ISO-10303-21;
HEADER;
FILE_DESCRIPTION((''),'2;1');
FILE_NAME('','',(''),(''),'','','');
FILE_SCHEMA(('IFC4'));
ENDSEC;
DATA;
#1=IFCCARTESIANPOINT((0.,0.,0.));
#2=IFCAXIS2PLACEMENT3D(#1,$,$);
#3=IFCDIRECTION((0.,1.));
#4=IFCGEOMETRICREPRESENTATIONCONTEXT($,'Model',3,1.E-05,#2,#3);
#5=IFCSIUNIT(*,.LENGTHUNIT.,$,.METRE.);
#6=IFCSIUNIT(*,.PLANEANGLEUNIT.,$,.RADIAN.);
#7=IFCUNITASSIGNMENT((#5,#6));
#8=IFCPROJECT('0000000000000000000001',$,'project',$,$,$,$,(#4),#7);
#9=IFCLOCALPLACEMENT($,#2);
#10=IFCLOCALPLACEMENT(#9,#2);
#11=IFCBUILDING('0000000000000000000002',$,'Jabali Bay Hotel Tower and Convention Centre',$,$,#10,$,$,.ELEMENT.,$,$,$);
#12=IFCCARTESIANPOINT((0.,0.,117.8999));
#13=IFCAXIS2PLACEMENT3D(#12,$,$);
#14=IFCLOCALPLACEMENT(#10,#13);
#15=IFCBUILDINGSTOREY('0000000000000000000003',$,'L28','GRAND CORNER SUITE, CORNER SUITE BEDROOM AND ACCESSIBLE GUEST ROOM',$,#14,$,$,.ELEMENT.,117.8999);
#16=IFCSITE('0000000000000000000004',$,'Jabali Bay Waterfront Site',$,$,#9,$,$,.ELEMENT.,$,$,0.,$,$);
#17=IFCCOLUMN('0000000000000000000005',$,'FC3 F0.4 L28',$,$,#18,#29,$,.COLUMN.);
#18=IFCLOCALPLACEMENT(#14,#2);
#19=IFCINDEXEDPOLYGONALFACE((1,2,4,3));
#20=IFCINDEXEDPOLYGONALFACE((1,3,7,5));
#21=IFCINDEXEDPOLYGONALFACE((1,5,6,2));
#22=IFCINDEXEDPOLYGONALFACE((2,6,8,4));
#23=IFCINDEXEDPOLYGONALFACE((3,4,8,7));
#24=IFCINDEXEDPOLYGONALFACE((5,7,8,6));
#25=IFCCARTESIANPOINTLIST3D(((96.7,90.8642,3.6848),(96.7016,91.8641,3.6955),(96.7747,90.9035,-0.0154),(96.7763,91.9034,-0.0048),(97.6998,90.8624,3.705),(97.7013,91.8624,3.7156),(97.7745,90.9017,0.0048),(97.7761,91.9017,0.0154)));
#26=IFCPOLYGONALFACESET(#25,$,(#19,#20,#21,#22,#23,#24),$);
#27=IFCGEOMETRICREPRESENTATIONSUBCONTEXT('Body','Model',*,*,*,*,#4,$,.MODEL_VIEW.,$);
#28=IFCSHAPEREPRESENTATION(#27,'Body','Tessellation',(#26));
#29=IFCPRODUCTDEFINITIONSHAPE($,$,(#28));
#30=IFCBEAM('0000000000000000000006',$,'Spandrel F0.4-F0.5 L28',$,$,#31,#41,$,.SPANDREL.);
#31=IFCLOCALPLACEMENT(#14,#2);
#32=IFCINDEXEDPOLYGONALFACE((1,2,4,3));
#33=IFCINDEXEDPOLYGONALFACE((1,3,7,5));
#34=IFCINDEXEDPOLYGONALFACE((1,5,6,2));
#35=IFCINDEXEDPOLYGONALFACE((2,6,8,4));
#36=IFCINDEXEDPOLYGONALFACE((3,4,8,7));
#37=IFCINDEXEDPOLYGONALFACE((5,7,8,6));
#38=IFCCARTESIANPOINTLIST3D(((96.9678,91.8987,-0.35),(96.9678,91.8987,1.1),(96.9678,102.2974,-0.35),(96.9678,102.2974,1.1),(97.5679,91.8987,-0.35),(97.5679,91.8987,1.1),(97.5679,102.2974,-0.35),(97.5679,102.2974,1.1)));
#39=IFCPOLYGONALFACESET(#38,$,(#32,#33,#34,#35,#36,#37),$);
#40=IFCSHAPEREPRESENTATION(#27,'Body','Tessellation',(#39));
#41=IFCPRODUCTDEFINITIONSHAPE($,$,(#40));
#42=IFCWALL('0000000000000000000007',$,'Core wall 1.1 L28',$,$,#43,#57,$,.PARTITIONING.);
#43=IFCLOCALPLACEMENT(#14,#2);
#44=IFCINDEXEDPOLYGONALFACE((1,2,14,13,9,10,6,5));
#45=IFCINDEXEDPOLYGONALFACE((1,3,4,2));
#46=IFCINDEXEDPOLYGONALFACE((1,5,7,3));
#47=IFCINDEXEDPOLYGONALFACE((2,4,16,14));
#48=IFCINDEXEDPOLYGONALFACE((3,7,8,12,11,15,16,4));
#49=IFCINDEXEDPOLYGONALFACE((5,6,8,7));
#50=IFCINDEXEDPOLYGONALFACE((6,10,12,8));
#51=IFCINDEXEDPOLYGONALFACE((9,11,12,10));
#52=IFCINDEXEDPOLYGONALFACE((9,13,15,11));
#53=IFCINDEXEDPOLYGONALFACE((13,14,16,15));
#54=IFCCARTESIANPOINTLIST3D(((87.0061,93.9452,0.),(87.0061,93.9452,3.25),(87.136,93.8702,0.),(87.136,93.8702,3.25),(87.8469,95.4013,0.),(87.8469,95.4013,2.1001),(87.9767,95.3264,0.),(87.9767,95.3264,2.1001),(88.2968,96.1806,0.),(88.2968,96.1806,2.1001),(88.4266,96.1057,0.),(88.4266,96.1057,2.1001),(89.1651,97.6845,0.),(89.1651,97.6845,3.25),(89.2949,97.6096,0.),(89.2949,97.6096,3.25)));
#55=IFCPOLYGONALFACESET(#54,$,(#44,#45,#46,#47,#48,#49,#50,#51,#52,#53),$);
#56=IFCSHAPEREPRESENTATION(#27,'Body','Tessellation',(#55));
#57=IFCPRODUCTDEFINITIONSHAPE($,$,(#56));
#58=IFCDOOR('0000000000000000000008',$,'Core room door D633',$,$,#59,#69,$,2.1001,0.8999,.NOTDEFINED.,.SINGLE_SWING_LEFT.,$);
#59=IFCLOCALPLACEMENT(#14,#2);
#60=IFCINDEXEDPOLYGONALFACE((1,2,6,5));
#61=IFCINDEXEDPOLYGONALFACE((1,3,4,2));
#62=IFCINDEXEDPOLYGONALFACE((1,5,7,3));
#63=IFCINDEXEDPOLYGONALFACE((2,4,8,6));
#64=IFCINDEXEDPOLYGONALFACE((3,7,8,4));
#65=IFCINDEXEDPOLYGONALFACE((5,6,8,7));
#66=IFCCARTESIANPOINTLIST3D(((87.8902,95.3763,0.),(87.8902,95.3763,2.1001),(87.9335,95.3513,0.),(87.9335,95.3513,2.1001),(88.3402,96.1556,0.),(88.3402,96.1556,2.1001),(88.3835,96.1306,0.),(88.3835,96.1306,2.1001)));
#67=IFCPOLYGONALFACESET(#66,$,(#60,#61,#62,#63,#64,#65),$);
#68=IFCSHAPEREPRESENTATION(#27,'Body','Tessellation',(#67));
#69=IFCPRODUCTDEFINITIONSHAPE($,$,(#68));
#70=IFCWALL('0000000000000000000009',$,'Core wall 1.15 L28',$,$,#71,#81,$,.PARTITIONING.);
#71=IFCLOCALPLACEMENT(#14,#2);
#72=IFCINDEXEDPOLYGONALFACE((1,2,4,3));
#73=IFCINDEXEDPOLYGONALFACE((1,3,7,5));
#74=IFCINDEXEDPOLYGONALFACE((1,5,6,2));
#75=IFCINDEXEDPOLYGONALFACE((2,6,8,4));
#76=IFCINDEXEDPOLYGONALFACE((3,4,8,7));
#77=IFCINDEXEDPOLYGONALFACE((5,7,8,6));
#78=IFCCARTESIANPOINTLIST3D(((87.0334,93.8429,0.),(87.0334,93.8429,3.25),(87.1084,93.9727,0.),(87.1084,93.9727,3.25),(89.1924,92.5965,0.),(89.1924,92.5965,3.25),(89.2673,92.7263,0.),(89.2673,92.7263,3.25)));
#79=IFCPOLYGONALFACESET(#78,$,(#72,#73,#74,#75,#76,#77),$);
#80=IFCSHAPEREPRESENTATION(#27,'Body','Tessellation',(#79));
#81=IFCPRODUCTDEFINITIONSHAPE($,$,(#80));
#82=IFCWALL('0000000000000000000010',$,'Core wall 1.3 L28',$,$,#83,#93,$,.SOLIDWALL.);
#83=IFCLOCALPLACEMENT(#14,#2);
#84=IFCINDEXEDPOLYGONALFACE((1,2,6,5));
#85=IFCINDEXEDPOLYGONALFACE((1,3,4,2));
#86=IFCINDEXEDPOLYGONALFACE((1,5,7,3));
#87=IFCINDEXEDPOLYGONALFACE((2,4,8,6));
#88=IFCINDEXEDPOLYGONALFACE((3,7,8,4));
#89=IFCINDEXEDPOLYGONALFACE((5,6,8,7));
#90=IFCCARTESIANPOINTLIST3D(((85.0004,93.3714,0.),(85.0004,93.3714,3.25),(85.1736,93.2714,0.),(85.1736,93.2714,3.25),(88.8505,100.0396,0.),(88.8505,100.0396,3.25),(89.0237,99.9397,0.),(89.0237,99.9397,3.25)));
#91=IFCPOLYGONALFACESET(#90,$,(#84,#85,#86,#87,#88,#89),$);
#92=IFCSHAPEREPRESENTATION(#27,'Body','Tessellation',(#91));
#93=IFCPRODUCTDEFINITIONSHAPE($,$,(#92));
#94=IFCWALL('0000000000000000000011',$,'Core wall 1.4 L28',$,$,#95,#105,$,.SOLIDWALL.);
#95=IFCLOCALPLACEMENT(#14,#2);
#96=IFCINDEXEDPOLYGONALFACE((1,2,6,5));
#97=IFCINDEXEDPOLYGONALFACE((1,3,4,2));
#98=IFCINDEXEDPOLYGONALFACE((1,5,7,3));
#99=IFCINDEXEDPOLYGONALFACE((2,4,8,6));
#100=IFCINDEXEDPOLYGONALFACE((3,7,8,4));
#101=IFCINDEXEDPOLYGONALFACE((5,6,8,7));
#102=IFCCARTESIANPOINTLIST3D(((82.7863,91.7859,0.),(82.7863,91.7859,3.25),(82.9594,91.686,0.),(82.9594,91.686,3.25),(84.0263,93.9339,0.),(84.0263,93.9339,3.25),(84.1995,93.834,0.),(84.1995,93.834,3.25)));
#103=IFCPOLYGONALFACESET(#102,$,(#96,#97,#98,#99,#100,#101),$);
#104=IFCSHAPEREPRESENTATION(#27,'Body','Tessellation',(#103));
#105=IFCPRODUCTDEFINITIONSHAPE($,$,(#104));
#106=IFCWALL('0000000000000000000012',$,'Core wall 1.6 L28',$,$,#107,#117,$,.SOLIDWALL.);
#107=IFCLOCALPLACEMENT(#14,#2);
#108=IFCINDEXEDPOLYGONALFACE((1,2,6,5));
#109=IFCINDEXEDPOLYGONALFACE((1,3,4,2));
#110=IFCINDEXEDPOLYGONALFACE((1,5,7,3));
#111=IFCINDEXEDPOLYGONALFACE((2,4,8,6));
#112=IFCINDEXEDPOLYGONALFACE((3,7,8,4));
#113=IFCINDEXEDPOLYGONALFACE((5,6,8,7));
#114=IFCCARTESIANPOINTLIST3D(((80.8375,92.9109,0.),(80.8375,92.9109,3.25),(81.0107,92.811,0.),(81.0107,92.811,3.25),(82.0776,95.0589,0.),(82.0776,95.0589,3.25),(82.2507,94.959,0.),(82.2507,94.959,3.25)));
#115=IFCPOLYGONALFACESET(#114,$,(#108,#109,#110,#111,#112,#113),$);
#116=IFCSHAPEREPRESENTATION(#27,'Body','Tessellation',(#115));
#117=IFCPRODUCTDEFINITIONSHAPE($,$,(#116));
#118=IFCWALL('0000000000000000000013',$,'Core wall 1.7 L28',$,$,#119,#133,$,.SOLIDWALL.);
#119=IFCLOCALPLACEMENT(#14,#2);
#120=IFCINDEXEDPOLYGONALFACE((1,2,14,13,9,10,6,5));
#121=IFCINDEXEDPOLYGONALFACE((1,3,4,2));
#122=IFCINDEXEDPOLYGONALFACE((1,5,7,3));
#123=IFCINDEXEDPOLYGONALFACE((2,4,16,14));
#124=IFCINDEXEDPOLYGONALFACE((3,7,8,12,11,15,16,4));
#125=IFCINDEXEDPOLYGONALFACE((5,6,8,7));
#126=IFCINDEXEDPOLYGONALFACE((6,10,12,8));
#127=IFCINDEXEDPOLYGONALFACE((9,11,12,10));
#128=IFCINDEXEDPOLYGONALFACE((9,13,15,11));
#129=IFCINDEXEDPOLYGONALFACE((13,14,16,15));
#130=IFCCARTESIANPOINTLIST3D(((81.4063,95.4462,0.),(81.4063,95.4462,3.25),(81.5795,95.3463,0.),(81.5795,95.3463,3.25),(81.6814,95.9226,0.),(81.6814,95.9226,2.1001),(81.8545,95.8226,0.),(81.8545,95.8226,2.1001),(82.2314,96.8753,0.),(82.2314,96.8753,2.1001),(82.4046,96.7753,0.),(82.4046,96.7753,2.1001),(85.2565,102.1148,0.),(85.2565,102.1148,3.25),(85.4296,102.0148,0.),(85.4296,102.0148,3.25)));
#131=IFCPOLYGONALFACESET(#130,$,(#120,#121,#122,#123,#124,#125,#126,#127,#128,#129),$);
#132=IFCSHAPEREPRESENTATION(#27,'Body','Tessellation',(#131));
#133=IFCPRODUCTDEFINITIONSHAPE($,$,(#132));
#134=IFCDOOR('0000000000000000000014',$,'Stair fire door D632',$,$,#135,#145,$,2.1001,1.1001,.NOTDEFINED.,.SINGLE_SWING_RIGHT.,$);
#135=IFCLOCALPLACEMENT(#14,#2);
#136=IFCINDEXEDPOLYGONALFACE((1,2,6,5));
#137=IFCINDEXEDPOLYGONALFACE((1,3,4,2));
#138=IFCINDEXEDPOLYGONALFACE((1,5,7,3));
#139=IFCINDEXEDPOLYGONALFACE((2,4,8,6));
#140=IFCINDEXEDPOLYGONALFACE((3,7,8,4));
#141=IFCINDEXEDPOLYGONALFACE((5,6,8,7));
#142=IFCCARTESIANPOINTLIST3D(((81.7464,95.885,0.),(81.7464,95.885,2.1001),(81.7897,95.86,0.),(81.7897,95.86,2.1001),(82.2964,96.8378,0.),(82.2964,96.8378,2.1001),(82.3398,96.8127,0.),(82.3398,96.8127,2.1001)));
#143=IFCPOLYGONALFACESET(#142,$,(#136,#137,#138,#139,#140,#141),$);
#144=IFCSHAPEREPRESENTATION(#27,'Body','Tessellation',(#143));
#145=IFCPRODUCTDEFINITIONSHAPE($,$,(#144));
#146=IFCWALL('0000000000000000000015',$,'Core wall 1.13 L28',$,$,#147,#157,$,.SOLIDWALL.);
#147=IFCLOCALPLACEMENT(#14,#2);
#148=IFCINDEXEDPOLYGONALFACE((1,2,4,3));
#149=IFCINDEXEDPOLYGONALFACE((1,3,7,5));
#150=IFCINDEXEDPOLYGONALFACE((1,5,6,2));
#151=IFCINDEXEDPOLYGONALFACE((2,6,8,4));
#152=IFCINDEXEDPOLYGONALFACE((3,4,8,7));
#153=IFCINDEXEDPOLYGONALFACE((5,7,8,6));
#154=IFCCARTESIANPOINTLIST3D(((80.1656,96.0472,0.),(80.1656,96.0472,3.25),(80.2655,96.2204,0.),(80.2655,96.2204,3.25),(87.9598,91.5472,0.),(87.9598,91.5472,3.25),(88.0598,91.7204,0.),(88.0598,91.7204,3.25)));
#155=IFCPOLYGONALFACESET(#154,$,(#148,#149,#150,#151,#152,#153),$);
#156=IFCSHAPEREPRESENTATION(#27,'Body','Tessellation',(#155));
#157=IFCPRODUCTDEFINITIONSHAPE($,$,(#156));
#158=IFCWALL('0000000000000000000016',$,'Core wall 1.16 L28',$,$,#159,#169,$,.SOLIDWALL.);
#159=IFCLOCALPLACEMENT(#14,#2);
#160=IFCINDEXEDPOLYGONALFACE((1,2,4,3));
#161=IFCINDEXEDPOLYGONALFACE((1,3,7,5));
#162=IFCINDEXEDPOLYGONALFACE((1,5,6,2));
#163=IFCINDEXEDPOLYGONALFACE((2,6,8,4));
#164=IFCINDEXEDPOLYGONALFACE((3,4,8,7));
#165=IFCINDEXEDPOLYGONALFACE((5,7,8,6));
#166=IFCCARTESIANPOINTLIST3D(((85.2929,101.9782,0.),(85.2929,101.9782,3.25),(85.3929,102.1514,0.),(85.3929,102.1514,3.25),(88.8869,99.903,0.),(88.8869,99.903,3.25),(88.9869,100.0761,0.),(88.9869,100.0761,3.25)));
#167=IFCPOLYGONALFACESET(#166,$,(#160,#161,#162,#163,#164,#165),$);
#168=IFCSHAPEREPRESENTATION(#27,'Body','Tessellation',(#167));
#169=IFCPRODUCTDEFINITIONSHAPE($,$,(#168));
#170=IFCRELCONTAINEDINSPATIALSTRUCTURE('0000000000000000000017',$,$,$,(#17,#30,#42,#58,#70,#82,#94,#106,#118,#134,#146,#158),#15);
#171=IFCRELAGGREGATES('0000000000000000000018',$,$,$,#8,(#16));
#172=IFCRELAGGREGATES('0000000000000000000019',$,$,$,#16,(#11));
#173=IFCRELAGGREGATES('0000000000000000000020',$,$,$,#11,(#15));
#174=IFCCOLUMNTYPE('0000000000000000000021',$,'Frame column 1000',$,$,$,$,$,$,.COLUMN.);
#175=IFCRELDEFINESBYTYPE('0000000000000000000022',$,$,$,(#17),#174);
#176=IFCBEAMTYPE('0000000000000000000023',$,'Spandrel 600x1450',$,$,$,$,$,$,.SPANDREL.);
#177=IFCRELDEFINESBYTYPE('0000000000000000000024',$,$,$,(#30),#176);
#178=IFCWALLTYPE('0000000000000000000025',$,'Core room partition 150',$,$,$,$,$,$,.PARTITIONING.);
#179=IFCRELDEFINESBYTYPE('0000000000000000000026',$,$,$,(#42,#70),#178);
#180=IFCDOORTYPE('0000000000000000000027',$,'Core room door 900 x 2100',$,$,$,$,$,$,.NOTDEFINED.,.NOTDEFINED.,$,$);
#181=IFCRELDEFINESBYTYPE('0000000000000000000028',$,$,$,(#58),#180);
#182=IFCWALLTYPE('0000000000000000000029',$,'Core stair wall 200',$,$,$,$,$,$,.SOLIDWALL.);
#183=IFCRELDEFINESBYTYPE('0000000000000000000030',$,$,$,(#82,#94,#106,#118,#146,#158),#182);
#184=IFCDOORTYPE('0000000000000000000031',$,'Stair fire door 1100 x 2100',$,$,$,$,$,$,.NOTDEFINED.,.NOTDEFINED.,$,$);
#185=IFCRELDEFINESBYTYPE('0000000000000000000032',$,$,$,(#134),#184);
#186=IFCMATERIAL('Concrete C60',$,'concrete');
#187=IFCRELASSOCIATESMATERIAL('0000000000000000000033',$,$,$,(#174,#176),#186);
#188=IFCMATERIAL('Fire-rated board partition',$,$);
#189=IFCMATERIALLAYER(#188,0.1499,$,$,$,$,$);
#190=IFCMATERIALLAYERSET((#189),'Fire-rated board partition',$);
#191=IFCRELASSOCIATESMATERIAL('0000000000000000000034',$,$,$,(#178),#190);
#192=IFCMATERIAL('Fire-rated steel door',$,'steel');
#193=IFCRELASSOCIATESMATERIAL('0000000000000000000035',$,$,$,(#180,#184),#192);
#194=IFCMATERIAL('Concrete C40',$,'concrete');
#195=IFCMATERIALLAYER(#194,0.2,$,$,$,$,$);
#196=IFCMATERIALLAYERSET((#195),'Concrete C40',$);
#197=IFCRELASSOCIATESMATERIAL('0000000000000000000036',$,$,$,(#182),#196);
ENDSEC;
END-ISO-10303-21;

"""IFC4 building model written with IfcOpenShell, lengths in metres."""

from ifc_helpers import new_model, si_unit, direction, frame, frame_2d, origin, origin_2d, place, context, subcontext, project, spatial, rectangle, extrude, material, layer, layer_set, material_profile, profile_set, type_object, element, fill, save


model = new_model("IFC4")

# Units and contexts
model_context = context("Model", 3, precision=1e-05, world=origin(), true_north=direction((0.0, 1.0)))
body_context = subcontext(model_context, "Body", "Model", "MODEL_VIEW")
ifc_project = project(units=[si_unit("LENGTHUNIT", "METRE"), si_unit("PLANEANGLEUNIT", "RADIAN")], contexts=[model_context])

# Site, building, storey
site_placement = place(None, origin())
site = spatial("IfcSite", under=ifc_project, at=site_placement, Name="Jabali Bay Waterfront Site", CompositionType="ELEMENT", RefElevation=0.0)
building_placement = place(site_placement, origin())
building = spatial("IfcBuilding", under=site, at=building_placement, Name="Jabali Bay Hotel Tower and Convention Centre", CompositionType="ELEMENT")
storey_placement = place(building_placement, frame((0.0, 0.0, 117.8999)))
storey = spatial("IfcBuildingStorey", under=building, at=storey_placement, Name="L28", Description="GRAND CORNER SUITE, CORNER SUITE BEDROOM AND ACCESSIBLE GUEST ROOM", CompositionType="ELEMENT", Elevation=117.8999)

# Column
ifc_material_1 = material(Name="Concrete C60", Category="concrete")
ifc_material_profile_1 = material_profile(ifc_material_1, rectangle(XDim=1.0, YDim=1.0, at=origin_2d()), Name="Frame column 1000")
ifc_profile_set_1 = profile_set([ifc_material_profile_1], Name="Concrete C60")
column_type = type_object("IfcColumnType", Name="Frame column 1000", PredefinedType="COLUMN", material=ifc_profile_set_1)
column_placement = place(storey_placement, frame((97.2754, 91.4026, 0.0), z_axis=(-0.020185, -0.01062, 0.99974), x_axis=(0.999795, -0.001747, 0.020167)))
element("IfcColumn", 1, at=column_placement, inside=storey, type_object=column_type, Name="FC3 F0.4 L28", PredefinedType="COLUMN", context=body_context, shape_type="SweptSolid", body=[
    extrude(rectangle(XDim=1.0, YDim=1.0, at=origin_2d()), origin(), (0.0, 0.0, 1.0), 3.7012),
])

# Beam
ifc_material_profile_2 = material_profile(ifc_material_1, rectangle(XDim=0.6001, YDim=1.45, at=origin_2d()), Name="Spandrel 600x1450")
ifc_profile_set_2 = profile_set([ifc_material_profile_2], Name="Concrete C60")
beam_type = type_object("IfcBeamType", Name="Spandrel 600x1450", PredefinedType="SPANDREL", material=ifc_profile_set_2)
beam_placement = place(storey_placement, frame((97.2678, 91.8987, 0.375), z_axis=(0.0, 1.0, 0.0), x_axis=(-1.0, 0.0, 0.0)))
element("IfcBeam", 2, at=beam_placement, inside=storey, type_object=beam_type, Name="Spandrel F0.4-F0.5 L28", PredefinedType="SPANDREL", context=body_context, shape_type="SweptSolid", body=[
    extrude(rectangle(XDim=0.6001, YDim=1.45, at=origin_2d()), origin(), (0.0, 0.0, 1.0), 10.3987),
])

# Wall, opening, door
ifc_material_2 = material(Name="Fire-rated board partition")
ifc_layer_1 = layer(ifc_material_2, 0.1499)
ifc_layer_set_1 = layer_set([ifc_layer_1], Name="Fire-rated board partition")
wall_type_1 = type_object("IfcWallType", Name="Core room partition 150", PredefinedType="PARTITIONING", material=ifc_layer_set_1)
wall_1_placement = place(storey_placement, frame((87.071, 93.9077, 0.0), z_axis=(0.0, 0.0, 1.0), x_axis=(0.500013, 0.866018, 0.0)))
wall_1 = element("IfcWall", 3, at=wall_1_placement, inside=storey, type_object=wall_type_1, Name="Core wall 1.1 L28", PredefinedType="PARTITIONING", context=body_context, shape_type="SweptSolid", body=[
    extrude(rectangle(XDim=4.3179, YDim=0.1499, at=frame_2d((2.1589, 0.0))), origin(), (0.0, 0.0, 1.0), 3.25),
])
opening_1_placement = place(wall_1_placement, frame((1.6814, 0.0, 0.0)))
opening_1 = element("IfcOpeningElement", 4, at=opening_1_placement, cuts=wall_1, PredefinedType="OPENING", context=body_context, shape_type="SweptSolid", body=[
    extrude(rectangle(XDim=0.8999, YDim=2.1001, at=frame_2d((0.45, 1.05))), frame((0.0, 0.0854, 0.0), z_axis=(0.0, -1.0, 0.0), x_axis=(1.0, 0.0, 0.0)), (0.0, 0.0, 1.0), 0.1709),
])
ifc_material_3 = material(Name="Fire-rated steel door", Category="steel")
door_type_1 = type_object("IfcDoorType", Name="Core room door 900 x 2100", OperationType="NOTDEFINED", PredefinedType="NOTDEFINED", material=ifc_material_3)
door_1_placement = place(opening_1_placement, origin())
door_1 = element("IfcDoor", 5, at=door_1_placement, inside=storey, type_object=door_type_1, Name="Core room door D633", OperationType="SINGLE_SWING_LEFT", OverallHeight=2.1001, OverallWidth=0.8999, PredefinedType="NOTDEFINED", context=body_context, shape_type="SweptSolid", body=[
    extrude(rectangle(XDim=0.8999, YDim=2.1001, at=frame_2d((0.45, 1.05))), frame((0.0, 0.0249, 0.0), z_axis=(0.0, -1.0, 0.0), x_axis=(1.0, 0.0, 0.0)), (0.0, 0.0, 1.0), 0.05),
])
fill(opening_1, door_1)

# Walls
wall_2_placement = place(storey_placement, frame((89.23, 92.6614, 0.0), z_axis=(0.0, 0.0, 1.0), x_axis=(-0.866047, 0.499963, 0.0)))
element("IfcWall", 6, at=wall_2_placement, inside=storey, type_object=wall_type_1, Name="Core wall 1.15 L28", PredefinedType="PARTITIONING", context=body_context, shape_type="SweptSolid", body=[
    extrude(rectangle(XDim=2.4929, YDim=0.1499, at=frame_2d((1.2466, 0.0))), origin(), (0.0, 0.0, 1.0), 3.25),
])
ifc_material_4 = material(Name="Concrete C40", Category="concrete")
ifc_layer_2 = layer(ifc_material_4, 0.2)
ifc_layer_set_2 = layer_set([ifc_layer_2], Name="Concrete C40")
wall_type_2 = type_object("IfcWallType", Name="Core stair wall 200", PredefinedType="SOLIDWALL", material=ifc_layer_set_2)
wall_3_placement = place(storey_placement, frame((85.0869, 93.3213, 0.0), z_axis=(0.0, 0.0, 1.0), x_axis=(0.50002, 0.866014, 0.0)))
element("IfcWall", 7, at=wall_3_placement, inside=storey, type_object=wall_type_2, Name="Core wall 1.3 L28", PredefinedType="SOLIDWALL", context=body_context, shape_type="SweptSolid", body=[
    extrude(rectangle(XDim=7.7, YDim=0.2, at=frame_2d((3.8501, 0.0))), origin(), (0.0, 0.0, 1.0), 3.25),
])
for number, where, z_axis, x_axis, name in (
    (8, (82.8728, 91.7358, 0.0), (0.0, 0.0, 1.0), (0.499961, 0.866048, 0.0), "Core wall 1.4 L28"),
    (9, (80.9241, 92.8608, 0.0), (0.0, 0.0, 1.0), (0.499961, 0.866048, 0.0), "Core wall 1.6 L28"),
):
    element("IfcWall", number, at=place(storey_placement, frame(where, z_axis=z_axis, x_axis=x_axis)), inside=storey, type_object=wall_type_2, Name=name, PredefinedType="SOLIDWALL", context=body_context, shape_type="SweptSolid", body=[
        extrude(rectangle(XDim=2.4802, YDim=0.2, at=frame_2d((1.2402, 0.0))), origin(), (0.0, 0.0, 1.0), 3.25),
    ])

# Wall, opening, door
wall_4_placement = place(storey_placement, frame((81.4929, 95.3962, 0.0), z_axis=(0.0, 0.0, 1.0), x_axis=(0.500006, 0.866022, 0.0)))
wall_4 = element("IfcWall", 10, at=wall_4_placement, inside=storey, type_object=wall_type_2, Name="Core wall 1.7 L28", PredefinedType="SOLIDWALL", context=body_context, shape_type="SweptSolid", body=[
    extrude(rectangle(XDim=7.7002, YDim=0.2, at=frame_2d((3.8501, 0.0))), origin(), (0.0, 0.0, 1.0), 3.25),
])
opening_2_placement = place(wall_4_placement, frame((0.55, 0.0, 0.0)))
opening_2 = element("IfcOpeningElement", 11, at=opening_2_placement, cuts=wall_4, PredefinedType="OPENING", context=body_context, shape_type="SweptSolid", body=[
    extrude(rectangle(XDim=1.1001, YDim=2.1001, at=frame_2d((0.55, 1.05))), frame((0.0, 0.1104, 0.0), z_axis=(0.0, -1.0, 0.0), x_axis=(1.0, 0.0, 0.0)), (0.0, 0.0, 1.0), 0.2209),
])
door_type_2 = type_object("IfcDoorType", Name="Stair fire door 1100 x 2100", OperationType="NOTDEFINED", PredefinedType="NOTDEFINED", material=ifc_material_3)
door_2_placement = place(opening_2_placement, origin())
door_2 = element("IfcDoor", 12, at=door_2_placement, inside=storey, type_object=door_type_2, Name="Stair fire door D632", OperationType="SINGLE_SWING_RIGHT", OverallHeight=2.1001, OverallWidth=1.1001, PredefinedType="NOTDEFINED", context=body_context, shape_type="SweptSolid", body=[
    extrude(rectangle(XDim=1.1001, YDim=2.1001, at=frame_2d((0.55, 1.05))), frame((0.0, 0.0249, 0.0), z_axis=(0.0, -1.0, 0.0), x_axis=(1.0, 0.0, 0.0)), (0.0, 0.0, 1.0), 0.05),
])
fill(opening_2, door_2)

# Walls
wall_5_placement = place(storey_placement, frame((88.0098, 91.6338, 0.0), z_axis=(0.0, 0.0, 1.0), x_axis=(-0.866024, 0.500002, 0.0)))
element("IfcWall", 13, at=wall_5_placement, inside=storey, type_object=wall_type_2, Name="Core wall 1.13 L28", PredefinedType="SOLIDWALL", context=body_context, shape_type="SweptSolid", body=[
    extrude(rectangle(XDim=9.0, YDim=0.2, at=frame_2d((4.5, 0.0))), origin(), (0.0, 0.0, 1.0), 3.25),
])
wall_6_placement = place(storey_placement, frame((88.937, 99.9895, 0.0), z_axis=(0.0, 0.0, 1.0), x_axis=(-0.866004, 0.500036, 0.0)))
element("IfcWall", 14, at=wall_6_placement, inside=storey, type_object=wall_type_2, Name="Core wall 1.16 L28", PredefinedType="SOLIDWALL", context=body_context, shape_type="SweptSolid", body=[
    extrude(rectangle(XDim=4.1501, YDim=0.2, at=frame_2d((2.0752, 0.0))), origin(), (0.0, 0.0, 1.0), 3.25),
])

save(model, "model.ifc")
